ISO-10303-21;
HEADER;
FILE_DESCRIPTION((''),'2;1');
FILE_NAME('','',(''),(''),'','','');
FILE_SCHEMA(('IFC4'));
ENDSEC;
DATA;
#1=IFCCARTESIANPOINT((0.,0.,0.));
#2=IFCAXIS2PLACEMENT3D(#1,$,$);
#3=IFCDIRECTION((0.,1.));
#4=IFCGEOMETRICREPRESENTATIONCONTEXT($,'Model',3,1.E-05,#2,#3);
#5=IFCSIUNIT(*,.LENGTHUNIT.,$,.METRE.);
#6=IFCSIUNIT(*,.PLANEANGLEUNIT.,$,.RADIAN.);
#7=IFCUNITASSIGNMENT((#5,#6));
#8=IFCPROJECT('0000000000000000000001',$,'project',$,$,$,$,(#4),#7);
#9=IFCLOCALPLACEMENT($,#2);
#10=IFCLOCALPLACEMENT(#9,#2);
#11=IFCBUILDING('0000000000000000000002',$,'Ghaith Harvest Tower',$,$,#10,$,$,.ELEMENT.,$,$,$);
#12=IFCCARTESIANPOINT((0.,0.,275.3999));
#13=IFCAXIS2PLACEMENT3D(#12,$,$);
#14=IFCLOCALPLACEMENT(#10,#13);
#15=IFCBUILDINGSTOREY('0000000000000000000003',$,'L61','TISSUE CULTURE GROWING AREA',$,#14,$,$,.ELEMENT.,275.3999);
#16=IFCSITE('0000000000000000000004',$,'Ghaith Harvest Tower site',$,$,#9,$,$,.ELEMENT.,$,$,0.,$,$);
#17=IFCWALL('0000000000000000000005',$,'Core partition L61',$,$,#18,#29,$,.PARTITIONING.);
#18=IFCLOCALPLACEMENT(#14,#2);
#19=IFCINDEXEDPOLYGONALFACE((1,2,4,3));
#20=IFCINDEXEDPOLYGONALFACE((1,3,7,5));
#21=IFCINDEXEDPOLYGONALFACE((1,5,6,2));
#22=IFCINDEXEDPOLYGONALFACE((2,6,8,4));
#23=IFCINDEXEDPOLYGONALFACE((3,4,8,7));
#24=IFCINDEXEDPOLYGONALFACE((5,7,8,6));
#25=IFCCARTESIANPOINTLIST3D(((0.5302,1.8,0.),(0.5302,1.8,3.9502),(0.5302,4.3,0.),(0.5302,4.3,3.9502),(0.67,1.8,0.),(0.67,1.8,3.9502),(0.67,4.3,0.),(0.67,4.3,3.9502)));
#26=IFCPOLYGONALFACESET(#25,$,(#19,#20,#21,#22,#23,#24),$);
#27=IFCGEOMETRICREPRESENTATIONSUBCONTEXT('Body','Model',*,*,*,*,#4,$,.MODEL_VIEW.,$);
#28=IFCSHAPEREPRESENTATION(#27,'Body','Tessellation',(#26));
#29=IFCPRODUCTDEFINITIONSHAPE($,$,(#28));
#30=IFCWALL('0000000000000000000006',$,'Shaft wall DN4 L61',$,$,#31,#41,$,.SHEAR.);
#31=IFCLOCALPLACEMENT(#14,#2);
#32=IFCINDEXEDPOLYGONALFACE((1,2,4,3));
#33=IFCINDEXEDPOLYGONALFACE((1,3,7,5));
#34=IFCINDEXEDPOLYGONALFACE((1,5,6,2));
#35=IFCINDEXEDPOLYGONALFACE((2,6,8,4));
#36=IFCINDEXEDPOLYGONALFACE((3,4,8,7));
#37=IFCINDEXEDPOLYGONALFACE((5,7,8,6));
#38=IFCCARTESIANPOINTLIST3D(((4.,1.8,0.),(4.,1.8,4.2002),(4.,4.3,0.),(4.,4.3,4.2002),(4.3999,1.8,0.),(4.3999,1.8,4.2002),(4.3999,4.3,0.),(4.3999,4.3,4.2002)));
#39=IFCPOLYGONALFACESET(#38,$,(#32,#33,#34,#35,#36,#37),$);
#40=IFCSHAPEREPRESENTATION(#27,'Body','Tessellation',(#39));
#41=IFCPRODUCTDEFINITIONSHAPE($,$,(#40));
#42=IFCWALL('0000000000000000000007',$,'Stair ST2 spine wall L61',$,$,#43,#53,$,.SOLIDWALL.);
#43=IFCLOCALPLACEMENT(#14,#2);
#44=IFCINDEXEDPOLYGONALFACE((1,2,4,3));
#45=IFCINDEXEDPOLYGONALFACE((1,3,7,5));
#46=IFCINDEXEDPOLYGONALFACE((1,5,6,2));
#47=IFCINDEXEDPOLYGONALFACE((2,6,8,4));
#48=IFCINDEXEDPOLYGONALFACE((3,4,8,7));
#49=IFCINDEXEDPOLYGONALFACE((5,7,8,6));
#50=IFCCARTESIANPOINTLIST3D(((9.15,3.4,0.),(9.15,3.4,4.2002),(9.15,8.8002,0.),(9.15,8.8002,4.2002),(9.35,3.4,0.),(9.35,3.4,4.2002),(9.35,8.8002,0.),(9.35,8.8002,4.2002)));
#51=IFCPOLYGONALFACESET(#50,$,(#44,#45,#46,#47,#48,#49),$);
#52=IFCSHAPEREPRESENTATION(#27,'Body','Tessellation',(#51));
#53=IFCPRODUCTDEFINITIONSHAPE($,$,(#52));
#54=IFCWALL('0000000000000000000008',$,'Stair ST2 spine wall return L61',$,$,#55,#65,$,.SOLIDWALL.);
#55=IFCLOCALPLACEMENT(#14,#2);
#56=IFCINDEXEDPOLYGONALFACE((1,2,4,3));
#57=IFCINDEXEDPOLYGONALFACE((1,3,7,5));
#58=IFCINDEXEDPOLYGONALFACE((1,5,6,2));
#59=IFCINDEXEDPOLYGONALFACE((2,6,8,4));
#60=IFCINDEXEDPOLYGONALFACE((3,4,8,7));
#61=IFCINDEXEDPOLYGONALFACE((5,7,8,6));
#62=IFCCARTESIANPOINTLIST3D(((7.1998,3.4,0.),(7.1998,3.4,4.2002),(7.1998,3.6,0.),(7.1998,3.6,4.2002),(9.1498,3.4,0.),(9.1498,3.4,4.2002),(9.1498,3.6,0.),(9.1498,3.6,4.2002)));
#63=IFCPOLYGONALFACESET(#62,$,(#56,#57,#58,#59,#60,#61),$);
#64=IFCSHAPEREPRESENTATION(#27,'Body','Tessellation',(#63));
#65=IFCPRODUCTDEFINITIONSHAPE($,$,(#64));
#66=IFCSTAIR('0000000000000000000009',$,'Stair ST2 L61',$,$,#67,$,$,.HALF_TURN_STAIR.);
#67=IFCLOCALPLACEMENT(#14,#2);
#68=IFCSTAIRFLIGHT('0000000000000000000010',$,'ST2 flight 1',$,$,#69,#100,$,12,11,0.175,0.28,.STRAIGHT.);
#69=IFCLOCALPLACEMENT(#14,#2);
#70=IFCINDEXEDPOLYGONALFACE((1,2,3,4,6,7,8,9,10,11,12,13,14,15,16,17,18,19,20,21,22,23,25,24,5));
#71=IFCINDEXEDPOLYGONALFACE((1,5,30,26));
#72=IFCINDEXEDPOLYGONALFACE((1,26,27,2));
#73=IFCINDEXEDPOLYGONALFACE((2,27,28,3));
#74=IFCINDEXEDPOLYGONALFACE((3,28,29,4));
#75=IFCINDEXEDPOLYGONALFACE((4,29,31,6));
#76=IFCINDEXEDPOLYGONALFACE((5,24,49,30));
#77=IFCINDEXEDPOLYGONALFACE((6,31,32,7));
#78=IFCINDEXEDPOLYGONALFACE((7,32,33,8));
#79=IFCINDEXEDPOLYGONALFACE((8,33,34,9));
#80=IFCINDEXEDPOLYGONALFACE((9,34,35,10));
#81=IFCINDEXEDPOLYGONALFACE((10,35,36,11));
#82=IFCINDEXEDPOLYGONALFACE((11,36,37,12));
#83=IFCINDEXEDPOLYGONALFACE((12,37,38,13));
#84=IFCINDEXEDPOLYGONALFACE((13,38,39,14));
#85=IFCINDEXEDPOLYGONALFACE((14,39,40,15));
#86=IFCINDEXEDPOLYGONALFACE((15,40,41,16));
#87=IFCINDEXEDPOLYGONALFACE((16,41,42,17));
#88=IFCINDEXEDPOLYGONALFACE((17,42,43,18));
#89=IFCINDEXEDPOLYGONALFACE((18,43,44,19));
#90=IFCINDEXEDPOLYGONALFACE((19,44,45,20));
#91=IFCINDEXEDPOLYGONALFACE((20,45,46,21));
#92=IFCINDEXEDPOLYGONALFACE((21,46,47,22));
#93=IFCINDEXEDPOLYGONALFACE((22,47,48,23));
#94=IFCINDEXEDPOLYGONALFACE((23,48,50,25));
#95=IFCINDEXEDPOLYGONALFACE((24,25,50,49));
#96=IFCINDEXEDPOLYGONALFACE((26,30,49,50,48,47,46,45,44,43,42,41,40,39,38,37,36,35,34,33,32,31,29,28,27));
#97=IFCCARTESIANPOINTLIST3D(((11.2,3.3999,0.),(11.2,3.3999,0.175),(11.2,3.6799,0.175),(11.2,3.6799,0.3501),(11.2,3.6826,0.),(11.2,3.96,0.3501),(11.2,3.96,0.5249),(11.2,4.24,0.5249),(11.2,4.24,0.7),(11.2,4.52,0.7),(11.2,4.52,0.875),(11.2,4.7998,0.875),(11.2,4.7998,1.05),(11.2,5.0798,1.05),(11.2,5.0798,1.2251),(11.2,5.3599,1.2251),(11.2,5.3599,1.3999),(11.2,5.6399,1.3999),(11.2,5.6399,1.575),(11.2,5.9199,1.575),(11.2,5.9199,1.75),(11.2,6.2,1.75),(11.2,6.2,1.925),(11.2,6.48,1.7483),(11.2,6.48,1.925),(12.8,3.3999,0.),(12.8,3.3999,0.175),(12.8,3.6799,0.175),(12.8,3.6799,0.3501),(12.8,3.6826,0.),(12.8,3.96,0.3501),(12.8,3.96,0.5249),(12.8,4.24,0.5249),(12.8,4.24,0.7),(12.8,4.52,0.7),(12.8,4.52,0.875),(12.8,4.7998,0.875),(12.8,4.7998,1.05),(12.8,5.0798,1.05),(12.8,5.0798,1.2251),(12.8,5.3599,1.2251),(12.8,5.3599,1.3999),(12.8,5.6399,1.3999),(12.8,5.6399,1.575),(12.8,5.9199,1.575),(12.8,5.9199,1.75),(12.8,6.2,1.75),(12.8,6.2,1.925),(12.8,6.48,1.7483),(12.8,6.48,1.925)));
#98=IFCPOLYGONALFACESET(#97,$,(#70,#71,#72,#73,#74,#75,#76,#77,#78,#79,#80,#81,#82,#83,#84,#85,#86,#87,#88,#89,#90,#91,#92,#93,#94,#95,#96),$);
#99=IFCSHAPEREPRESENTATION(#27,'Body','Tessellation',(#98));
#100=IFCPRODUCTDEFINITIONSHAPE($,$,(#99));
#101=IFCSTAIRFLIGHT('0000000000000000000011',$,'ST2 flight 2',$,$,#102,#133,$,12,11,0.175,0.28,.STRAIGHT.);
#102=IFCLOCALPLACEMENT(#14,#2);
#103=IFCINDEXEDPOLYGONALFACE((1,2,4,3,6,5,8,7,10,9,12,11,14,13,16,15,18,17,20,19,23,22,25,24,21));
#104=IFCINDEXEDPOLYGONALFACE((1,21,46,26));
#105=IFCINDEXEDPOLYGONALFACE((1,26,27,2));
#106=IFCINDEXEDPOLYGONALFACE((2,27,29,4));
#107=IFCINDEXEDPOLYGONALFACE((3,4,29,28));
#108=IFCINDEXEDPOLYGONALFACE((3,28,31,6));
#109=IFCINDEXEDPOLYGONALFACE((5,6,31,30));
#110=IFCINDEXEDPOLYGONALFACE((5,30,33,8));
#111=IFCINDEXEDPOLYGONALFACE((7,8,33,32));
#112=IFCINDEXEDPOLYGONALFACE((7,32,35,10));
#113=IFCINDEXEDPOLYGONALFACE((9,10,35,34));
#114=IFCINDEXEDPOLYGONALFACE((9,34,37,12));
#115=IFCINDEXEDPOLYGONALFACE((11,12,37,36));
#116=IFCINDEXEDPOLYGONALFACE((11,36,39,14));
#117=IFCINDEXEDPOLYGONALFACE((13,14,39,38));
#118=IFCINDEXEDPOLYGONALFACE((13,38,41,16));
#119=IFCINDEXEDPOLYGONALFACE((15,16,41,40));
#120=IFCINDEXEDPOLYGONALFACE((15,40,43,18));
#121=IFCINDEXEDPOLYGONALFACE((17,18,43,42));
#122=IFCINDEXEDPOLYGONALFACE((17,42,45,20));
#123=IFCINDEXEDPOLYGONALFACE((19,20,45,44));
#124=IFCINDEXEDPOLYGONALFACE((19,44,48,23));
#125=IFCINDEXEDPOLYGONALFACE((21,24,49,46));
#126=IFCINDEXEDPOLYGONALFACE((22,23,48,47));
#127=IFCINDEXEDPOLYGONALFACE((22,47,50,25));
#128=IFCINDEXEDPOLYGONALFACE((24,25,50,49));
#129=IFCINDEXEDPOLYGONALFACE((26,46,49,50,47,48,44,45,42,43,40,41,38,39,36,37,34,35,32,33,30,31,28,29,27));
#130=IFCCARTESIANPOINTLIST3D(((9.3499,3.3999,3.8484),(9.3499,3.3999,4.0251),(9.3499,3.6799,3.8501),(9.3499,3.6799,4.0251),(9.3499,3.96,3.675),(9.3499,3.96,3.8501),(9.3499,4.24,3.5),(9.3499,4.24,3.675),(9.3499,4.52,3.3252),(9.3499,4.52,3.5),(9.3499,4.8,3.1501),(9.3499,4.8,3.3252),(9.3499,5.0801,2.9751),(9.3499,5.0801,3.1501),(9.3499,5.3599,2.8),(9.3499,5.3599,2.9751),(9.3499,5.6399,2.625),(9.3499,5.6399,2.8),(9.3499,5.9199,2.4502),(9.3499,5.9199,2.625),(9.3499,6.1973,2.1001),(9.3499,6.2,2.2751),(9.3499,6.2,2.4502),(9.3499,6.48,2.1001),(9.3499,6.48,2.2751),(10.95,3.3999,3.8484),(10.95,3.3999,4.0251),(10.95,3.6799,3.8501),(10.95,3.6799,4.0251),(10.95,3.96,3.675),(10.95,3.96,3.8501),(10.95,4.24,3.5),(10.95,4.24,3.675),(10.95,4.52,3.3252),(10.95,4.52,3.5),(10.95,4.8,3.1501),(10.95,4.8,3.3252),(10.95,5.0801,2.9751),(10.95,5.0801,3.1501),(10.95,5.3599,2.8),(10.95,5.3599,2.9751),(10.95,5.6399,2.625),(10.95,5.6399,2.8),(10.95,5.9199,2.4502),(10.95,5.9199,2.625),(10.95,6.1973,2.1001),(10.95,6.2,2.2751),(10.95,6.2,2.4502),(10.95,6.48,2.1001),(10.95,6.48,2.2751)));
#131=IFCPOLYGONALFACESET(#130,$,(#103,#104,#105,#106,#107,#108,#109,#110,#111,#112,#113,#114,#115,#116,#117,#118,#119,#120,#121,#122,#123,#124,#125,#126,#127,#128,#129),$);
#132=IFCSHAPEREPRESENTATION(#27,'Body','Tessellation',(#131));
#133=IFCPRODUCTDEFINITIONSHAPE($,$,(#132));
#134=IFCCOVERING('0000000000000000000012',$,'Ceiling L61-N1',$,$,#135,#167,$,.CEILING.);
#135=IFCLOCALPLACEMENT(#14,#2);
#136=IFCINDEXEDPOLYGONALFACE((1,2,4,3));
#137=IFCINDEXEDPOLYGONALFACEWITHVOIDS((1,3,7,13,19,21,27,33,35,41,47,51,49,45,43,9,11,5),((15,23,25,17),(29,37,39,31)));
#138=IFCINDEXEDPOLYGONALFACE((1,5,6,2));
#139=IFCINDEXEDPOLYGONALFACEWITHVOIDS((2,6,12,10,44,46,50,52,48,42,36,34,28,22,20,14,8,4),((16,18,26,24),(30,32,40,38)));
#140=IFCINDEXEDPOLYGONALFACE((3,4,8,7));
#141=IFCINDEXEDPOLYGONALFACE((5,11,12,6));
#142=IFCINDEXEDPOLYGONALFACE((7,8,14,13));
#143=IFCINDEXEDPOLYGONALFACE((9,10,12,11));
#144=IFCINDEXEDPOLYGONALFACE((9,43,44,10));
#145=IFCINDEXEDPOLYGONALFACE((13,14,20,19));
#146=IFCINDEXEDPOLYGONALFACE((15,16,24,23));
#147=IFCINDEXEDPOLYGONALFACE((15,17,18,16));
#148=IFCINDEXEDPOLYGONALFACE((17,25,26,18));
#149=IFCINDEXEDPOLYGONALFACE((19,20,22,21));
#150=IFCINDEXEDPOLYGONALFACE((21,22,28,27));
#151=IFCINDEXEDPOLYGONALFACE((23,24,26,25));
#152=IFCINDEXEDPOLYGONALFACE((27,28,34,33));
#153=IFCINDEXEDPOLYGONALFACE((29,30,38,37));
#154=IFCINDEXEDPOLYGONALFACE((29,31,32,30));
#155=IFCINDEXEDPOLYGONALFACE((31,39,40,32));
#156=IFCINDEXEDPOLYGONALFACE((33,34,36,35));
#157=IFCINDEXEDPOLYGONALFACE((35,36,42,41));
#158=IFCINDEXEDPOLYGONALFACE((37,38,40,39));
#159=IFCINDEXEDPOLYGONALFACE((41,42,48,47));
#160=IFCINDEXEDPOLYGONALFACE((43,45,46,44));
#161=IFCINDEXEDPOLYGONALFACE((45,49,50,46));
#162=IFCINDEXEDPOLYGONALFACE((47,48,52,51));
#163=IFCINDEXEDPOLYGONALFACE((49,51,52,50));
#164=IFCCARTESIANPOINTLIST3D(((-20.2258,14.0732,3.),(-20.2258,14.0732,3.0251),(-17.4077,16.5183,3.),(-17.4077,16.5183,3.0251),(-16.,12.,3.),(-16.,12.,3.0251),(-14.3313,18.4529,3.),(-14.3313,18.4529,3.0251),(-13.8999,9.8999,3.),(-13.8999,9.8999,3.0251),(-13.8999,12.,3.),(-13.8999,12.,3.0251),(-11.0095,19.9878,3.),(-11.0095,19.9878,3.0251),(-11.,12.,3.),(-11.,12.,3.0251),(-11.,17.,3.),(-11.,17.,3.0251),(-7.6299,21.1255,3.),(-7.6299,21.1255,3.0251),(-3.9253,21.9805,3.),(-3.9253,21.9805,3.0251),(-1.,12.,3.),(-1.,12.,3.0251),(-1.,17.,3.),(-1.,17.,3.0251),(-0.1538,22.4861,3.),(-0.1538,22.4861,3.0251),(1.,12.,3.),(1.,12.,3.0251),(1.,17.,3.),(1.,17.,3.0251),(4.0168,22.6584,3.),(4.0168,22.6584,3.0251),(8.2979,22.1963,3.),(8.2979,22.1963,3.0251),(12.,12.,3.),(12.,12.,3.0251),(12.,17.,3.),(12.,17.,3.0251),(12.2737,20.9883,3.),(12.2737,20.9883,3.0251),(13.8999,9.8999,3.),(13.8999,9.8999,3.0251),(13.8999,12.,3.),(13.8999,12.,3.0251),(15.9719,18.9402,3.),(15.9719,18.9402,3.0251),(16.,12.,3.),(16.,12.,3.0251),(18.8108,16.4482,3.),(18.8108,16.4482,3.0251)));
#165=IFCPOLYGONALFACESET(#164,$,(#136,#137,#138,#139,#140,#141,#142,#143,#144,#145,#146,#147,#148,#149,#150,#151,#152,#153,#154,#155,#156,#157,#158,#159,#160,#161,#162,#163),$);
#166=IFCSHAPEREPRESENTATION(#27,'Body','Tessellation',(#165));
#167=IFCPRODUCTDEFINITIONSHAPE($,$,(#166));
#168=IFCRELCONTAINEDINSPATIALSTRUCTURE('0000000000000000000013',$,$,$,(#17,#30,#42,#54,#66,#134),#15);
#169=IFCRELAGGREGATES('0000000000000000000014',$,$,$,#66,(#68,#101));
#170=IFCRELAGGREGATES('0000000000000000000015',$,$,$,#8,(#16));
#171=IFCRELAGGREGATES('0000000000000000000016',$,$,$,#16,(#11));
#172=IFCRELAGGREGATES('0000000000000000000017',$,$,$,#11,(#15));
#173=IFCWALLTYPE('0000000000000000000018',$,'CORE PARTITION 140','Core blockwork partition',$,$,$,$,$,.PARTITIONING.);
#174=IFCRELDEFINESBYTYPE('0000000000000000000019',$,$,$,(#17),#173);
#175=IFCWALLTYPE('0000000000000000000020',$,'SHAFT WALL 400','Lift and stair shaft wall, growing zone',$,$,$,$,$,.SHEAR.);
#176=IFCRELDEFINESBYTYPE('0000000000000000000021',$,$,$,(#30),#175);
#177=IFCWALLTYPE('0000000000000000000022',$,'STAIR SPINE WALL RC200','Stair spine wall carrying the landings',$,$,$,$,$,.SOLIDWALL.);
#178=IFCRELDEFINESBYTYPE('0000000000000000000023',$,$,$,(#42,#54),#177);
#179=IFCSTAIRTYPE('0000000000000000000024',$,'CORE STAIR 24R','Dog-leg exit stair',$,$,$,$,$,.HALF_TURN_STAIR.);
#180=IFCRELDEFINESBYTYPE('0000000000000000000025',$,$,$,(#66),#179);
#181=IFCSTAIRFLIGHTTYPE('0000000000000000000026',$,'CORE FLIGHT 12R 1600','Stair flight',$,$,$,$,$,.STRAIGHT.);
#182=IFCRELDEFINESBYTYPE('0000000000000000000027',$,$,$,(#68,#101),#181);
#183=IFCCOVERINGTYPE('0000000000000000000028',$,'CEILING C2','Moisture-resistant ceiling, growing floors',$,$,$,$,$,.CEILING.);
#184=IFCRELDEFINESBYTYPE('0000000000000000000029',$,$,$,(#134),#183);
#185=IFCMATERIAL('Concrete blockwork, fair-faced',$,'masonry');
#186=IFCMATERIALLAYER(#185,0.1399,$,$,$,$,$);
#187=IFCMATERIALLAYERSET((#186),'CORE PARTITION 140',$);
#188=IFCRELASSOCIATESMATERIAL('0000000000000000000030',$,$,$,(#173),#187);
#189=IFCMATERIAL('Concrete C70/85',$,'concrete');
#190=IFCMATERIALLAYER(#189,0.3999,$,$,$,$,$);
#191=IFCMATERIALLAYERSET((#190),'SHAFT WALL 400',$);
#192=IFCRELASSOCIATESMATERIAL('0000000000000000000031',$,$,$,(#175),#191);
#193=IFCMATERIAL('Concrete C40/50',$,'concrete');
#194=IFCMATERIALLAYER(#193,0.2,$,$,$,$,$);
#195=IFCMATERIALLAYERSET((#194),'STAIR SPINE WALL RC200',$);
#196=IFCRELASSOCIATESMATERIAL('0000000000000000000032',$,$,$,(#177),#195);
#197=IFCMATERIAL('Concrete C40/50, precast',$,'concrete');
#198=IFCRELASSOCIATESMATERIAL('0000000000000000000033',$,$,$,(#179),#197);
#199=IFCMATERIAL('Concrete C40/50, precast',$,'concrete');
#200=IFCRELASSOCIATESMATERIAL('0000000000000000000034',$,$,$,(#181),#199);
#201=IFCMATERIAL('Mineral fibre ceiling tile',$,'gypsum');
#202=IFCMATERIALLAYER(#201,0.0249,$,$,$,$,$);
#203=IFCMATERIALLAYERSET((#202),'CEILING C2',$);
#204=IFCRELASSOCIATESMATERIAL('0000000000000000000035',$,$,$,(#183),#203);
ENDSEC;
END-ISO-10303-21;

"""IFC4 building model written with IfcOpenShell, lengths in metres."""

from ifc_helpers import new_model, si_unit, direction, frame, frame_2d, origin, place, context, subcontext, project, spatial, polyline, rectangle, outline, extrude, material, layer, layer_set, type_object, element, aggregate, save


model = new_model("IFC4")

# Units and contexts
model_context = context("Model", 3, precision=1e-05, world=origin(), true_north=direction((0.0, 1.0)))
body_context = subcontext(model_context, "Body", "Model", "MODEL_VIEW")
ifc_project = project(units=[si_unit("LENGTHUNIT", "METRE"), si_unit("PLANEANGLEUNIT", "RADIAN")], contexts=[model_context])

# Site, building, storey
site_placement = place(None, origin())
site = spatial("IfcSite", under=ifc_project, at=site_placement, Name="Ghaith Harvest Tower site", CompositionType="ELEMENT", RefElevation=0.0)
building_placement = place(site_placement, origin())
building = spatial("IfcBuilding", under=site, at=building_placement, Name="Ghaith Harvest Tower", CompositionType="ELEMENT")
storey_placement = place(building_placement, frame((0.0, 0.0, 275.3999)))
storey = spatial("IfcBuildingStorey", under=building, at=storey_placement, Name="L61", Description="TISSUE CULTURE GROWING AREA", CompositionType="ELEMENT", Elevation=275.3999)

# Wall
ifc_material_1 = material(Name="Concrete blockwork, fair-faced", Category="masonry")
ifc_layer_1 = layer(ifc_material_1, 0.1399)
ifc_layer_set_1 = layer_set([ifc_layer_1], Name="CORE PARTITION 140")
wall_type_1 = type_object("IfcWallType", Name="CORE PARTITION 140", Description="Core blockwork partition", PredefinedType="PARTITIONING", material=ifc_layer_set_1)
wall_1_placement = place(storey_placement, frame((0.6001, 1.8, 0.0), z_axis=(0.0, 0.0, 1.0), x_axis=(0.0, 1.0, 0.0)))
element("IfcWall", 1, at=wall_1_placement, inside=storey, type_object=wall_type_1, Name="Core partition L61", PredefinedType="PARTITIONING", context=body_context, shape_type="SweptSolid", body=[
    extrude(rectangle(XDim=2.5, YDim=0.1399, at=frame_2d((1.25, 0.0))), origin(), (0.0, 0.0, 1.0), 3.9502),
])

# Shared definitions
ifc_material_2 = material(Name="Concrete C70/85", Category="concrete")
ifc_layer_2 = layer(ifc_material_2, 0.3999)
ifc_layer_set_2 = layer_set([ifc_layer_2], Name="SHAFT WALL 400")
wall_type_2 = type_object("IfcWallType", Name="SHAFT WALL 400", Description="Lift and stair shaft wall, growing zone", PredefinedType="SHEAR", material=ifc_layer_set_2)

# Walls
wall_2_placement = place(storey_placement, frame((4.2, 1.8, 0.0), z_axis=(0.0, 0.0, 1.0), x_axis=(0.0, 1.0, 0.0)))
element("IfcWall", 2, at=wall_2_placement, inside=storey, type_object=wall_type_2, Name="Shaft wall DN4 L61", PredefinedType="SHEAR", context=body_context, shape_type="SweptSolid", body=[
    extrude(rectangle(XDim=2.5, YDim=0.3999, at=frame_2d((1.25, 0.0))), origin(), (0.0, 0.0, 1.0), 4.2002),
])
ifc_material_3 = material(Name="Concrete C40/50", Category="concrete")
ifc_layer_3 = layer(ifc_material_3, 0.2)
ifc_layer_set_3 = layer_set([ifc_layer_3], Name="STAIR SPINE WALL RC200")
wall_type_3 = type_object("IfcWallType", Name="STAIR SPINE WALL RC200", Description="Stair spine wall carrying the landings", PredefinedType="SOLIDWALL", material=ifc_layer_set_3)
wall_3_placement = place(storey_placement, frame((9.25, 3.3999, 0.0), z_axis=(0.0, 0.0, 1.0), x_axis=(0.0, 1.0, 0.0)))
element("IfcWall", 3, at=wall_3_placement, inside=storey, type_object=wall_type_3, Name="Stair ST2 spine wall L61", PredefinedType="SOLIDWALL", context=body_context, shape_type="SweptSolid", body=[
    extrude(rectangle(XDim=5.4001, YDim=0.2, at=frame_2d((2.7002, 0.0))), origin(), (0.0, 0.0, 1.0), 4.2002),
])
wall_4_placement = place(storey_placement, frame((9.1499, 3.5, 0.0), z_axis=(0.0, 0.0, 1.0), x_axis=(-1.0, 0.0, 0.0)))
element("IfcWall", 4, at=wall_4_placement, inside=storey, type_object=wall_type_3, Name="Stair ST2 spine wall return L61", PredefinedType="SOLIDWALL", context=body_context, shape_type="SweptSolid", body=[
    extrude(rectangle(XDim=1.95, YDim=0.2, at=frame_2d((0.9751, 0.0))), origin(), (0.0, 0.0, 1.0), 4.2002),
])

# Stair, stair flights
ifc_material_4 = material(Name="Concrete C40/50, precast", Category="concrete")
stair_type = type_object("IfcStairType", Name="CORE STAIR 24R", Description="Dog-leg exit stair", PredefinedType="HALF_TURN_STAIR", material=ifc_material_4)
stair_placement = place(storey_placement, origin())
stair = element("IfcStair", 5, at=stair_placement, inside=storey, type_object=stair_type, Name="Stair ST2 L61", PredefinedType="HALF_TURN_STAIR")
ifc_material_5 = material(Name="Concrete C40/50, precast", Category="concrete")
stair_flight_type = type_object("IfcStairFlightType", Name="CORE FLIGHT 12R 1600", Description="Stair flight", PredefinedType="STRAIGHT", material=ifc_material_5)
stair_flight_1_placement = place(storey_placement, frame((12.0, 3.3999, 0.0), z_axis=(0.0, 0.0, 1.0), x_axis=(0.0, 1.0, 0.0)))
stair_flight_1 = element("IfcStairFlight", 6, at=stair_flight_1_placement, type_object=stair_flight_type, Name="ST2 flight 1", NumberOfRisers=12, NumberOfTreads=11, PredefinedType="STRAIGHT", RiserHeight=0.175, TreadLength=0.28, context=body_context, shape_type="SweptSolid", body=[
    extrude(outline(polyline([(0.0, 0.0), (0.0, 0.175), (0.28, 0.175), (0.28, 0.3501), (0.5601, 0.3501), (0.5601, 0.5249), (0.8401, 0.5249), (0.8401, 0.7), (1.1201, 0.7), (1.1201, 0.875), (1.3999, 0.875), (1.3999, 1.05), (1.6799, 1.05), (1.6799, 1.2251), (1.96, 1.2251), (1.96, 1.3999), (2.24, 1.3999), (2.24, 1.575), (2.52, 1.575), (2.52, 1.75), (2.8, 1.75), (2.8, 1.925), (3.0801, 1.925), (3.0801, 2.1001), (3.0801, 1.7483), (0.2827, 0.0), (0.0, 0.0)])), frame((0.0, 0.8, 0.0), z_axis=(0.0, -1.0, 0.0), x_axis=(1.0, 0.0, 0.0)), (0.0, 0.0, 1.0), 1.6001),
])
stair_flight_2_placement = place(storey_placement, frame((10.1499, 6.48, 2.1001), z_axis=(0.0, 0.0, 1.0), x_axis=(0.0, -1.0, 0.0)))
stair_flight_2 = element("IfcStairFlight", 7, at=stair_flight_2_placement, type_object=stair_flight_type, Name="ST2 flight 2", NumberOfRisers=12, NumberOfTreads=11, PredefinedType="STRAIGHT", RiserHeight=0.175, TreadLength=0.28, context=body_context, shape_type="SweptSolid", body=[
    extrude(outline(polyline([(0.0, 0.0), (0.0, 0.175), (0.28, 0.175), (0.28, 0.3501), (0.5601, 0.3501), (0.5601, 0.5249), (0.8401, 0.5249), (0.8401, 0.7), (1.1201, 0.7), (1.1201, 0.875), (1.3999, 0.875), (1.3999, 1.05), (1.6799, 1.05), (1.6799, 1.2251), (1.96, 1.2251), (1.96, 1.3999), (2.24, 1.3999), (2.24, 1.575), (2.52, 1.575), (2.52, 1.75), (2.8, 1.75), (2.8, 1.925), (3.0801, 1.925), (3.0801, 2.1001), (3.0801, 1.7483), (0.2827, 0.0), (0.0, 0.0)])), frame((0.0, 0.8, 0.0), z_axis=(0.0, -1.0, 0.0), x_axis=(1.0, 0.0, 0.0)), (0.0, 0.0, 1.0), 1.6001),
])
aggregate(stair, [stair_flight_1, stair_flight_2])

# Covering
ifc_material_6 = material(Name="Mineral fibre ceiling tile", Category="gypsum")
ifc_layer_4 = layer(ifc_material_6, 0.0249)
ifc_layer_set_4 = layer_set([ifc_layer_4], Name="CEILING C2")
covering_type = type_object("IfcCoveringType", Name="CEILING C2", Description="Moisture-resistant ceiling, growing floors", PredefinedType="CEILING", material=ifc_layer_set_4)
covering_1_placement = place(storey_placement, frame((0.0, 0.0, 3.0)))
element("IfcCovering", 8, at=covering_1_placement, inside=storey, type_object=covering_type, Name="Ceiling L61-N1", PredefinedType="CEILING", context=body_context, shape_type="SweptSolid", body=[
    extrude(outline(polyline([(-17.4077, 16.5183), (-14.3313, 18.4529), (-11.0095, 19.9878), (-7.6299, 21.1255), (-3.9253, 21.9805), (-0.1538, 22.4861), (4.0168, 22.6584), (8.2979, 22.1963), (12.2737, 20.9883), (15.9719, 18.9402), (18.8108, 16.4482), (16.0, 12.0), (13.8999, 12.0), (13.8999, 9.8999), (-13.8999, 9.8999), (-13.8999, 12.0), (-16.0, 12.0), (-20.2258, 14.0732), (-17.4077, 16.5183)]), holes=[polyline([(-1.0, 17.0), (-11.0, 17.0), (-11.0, 12.0), (-1.0, 12.0), (-1.0, 17.0)]), polyline([(12.0, 17.0), (1.0, 17.0), (1.0, 12.0), (12.0, 12.0), (12.0, 17.0)])]), origin(), (0.0, 0.0, 1.0), 0.0251),
])

save(model, "model.ifc")
